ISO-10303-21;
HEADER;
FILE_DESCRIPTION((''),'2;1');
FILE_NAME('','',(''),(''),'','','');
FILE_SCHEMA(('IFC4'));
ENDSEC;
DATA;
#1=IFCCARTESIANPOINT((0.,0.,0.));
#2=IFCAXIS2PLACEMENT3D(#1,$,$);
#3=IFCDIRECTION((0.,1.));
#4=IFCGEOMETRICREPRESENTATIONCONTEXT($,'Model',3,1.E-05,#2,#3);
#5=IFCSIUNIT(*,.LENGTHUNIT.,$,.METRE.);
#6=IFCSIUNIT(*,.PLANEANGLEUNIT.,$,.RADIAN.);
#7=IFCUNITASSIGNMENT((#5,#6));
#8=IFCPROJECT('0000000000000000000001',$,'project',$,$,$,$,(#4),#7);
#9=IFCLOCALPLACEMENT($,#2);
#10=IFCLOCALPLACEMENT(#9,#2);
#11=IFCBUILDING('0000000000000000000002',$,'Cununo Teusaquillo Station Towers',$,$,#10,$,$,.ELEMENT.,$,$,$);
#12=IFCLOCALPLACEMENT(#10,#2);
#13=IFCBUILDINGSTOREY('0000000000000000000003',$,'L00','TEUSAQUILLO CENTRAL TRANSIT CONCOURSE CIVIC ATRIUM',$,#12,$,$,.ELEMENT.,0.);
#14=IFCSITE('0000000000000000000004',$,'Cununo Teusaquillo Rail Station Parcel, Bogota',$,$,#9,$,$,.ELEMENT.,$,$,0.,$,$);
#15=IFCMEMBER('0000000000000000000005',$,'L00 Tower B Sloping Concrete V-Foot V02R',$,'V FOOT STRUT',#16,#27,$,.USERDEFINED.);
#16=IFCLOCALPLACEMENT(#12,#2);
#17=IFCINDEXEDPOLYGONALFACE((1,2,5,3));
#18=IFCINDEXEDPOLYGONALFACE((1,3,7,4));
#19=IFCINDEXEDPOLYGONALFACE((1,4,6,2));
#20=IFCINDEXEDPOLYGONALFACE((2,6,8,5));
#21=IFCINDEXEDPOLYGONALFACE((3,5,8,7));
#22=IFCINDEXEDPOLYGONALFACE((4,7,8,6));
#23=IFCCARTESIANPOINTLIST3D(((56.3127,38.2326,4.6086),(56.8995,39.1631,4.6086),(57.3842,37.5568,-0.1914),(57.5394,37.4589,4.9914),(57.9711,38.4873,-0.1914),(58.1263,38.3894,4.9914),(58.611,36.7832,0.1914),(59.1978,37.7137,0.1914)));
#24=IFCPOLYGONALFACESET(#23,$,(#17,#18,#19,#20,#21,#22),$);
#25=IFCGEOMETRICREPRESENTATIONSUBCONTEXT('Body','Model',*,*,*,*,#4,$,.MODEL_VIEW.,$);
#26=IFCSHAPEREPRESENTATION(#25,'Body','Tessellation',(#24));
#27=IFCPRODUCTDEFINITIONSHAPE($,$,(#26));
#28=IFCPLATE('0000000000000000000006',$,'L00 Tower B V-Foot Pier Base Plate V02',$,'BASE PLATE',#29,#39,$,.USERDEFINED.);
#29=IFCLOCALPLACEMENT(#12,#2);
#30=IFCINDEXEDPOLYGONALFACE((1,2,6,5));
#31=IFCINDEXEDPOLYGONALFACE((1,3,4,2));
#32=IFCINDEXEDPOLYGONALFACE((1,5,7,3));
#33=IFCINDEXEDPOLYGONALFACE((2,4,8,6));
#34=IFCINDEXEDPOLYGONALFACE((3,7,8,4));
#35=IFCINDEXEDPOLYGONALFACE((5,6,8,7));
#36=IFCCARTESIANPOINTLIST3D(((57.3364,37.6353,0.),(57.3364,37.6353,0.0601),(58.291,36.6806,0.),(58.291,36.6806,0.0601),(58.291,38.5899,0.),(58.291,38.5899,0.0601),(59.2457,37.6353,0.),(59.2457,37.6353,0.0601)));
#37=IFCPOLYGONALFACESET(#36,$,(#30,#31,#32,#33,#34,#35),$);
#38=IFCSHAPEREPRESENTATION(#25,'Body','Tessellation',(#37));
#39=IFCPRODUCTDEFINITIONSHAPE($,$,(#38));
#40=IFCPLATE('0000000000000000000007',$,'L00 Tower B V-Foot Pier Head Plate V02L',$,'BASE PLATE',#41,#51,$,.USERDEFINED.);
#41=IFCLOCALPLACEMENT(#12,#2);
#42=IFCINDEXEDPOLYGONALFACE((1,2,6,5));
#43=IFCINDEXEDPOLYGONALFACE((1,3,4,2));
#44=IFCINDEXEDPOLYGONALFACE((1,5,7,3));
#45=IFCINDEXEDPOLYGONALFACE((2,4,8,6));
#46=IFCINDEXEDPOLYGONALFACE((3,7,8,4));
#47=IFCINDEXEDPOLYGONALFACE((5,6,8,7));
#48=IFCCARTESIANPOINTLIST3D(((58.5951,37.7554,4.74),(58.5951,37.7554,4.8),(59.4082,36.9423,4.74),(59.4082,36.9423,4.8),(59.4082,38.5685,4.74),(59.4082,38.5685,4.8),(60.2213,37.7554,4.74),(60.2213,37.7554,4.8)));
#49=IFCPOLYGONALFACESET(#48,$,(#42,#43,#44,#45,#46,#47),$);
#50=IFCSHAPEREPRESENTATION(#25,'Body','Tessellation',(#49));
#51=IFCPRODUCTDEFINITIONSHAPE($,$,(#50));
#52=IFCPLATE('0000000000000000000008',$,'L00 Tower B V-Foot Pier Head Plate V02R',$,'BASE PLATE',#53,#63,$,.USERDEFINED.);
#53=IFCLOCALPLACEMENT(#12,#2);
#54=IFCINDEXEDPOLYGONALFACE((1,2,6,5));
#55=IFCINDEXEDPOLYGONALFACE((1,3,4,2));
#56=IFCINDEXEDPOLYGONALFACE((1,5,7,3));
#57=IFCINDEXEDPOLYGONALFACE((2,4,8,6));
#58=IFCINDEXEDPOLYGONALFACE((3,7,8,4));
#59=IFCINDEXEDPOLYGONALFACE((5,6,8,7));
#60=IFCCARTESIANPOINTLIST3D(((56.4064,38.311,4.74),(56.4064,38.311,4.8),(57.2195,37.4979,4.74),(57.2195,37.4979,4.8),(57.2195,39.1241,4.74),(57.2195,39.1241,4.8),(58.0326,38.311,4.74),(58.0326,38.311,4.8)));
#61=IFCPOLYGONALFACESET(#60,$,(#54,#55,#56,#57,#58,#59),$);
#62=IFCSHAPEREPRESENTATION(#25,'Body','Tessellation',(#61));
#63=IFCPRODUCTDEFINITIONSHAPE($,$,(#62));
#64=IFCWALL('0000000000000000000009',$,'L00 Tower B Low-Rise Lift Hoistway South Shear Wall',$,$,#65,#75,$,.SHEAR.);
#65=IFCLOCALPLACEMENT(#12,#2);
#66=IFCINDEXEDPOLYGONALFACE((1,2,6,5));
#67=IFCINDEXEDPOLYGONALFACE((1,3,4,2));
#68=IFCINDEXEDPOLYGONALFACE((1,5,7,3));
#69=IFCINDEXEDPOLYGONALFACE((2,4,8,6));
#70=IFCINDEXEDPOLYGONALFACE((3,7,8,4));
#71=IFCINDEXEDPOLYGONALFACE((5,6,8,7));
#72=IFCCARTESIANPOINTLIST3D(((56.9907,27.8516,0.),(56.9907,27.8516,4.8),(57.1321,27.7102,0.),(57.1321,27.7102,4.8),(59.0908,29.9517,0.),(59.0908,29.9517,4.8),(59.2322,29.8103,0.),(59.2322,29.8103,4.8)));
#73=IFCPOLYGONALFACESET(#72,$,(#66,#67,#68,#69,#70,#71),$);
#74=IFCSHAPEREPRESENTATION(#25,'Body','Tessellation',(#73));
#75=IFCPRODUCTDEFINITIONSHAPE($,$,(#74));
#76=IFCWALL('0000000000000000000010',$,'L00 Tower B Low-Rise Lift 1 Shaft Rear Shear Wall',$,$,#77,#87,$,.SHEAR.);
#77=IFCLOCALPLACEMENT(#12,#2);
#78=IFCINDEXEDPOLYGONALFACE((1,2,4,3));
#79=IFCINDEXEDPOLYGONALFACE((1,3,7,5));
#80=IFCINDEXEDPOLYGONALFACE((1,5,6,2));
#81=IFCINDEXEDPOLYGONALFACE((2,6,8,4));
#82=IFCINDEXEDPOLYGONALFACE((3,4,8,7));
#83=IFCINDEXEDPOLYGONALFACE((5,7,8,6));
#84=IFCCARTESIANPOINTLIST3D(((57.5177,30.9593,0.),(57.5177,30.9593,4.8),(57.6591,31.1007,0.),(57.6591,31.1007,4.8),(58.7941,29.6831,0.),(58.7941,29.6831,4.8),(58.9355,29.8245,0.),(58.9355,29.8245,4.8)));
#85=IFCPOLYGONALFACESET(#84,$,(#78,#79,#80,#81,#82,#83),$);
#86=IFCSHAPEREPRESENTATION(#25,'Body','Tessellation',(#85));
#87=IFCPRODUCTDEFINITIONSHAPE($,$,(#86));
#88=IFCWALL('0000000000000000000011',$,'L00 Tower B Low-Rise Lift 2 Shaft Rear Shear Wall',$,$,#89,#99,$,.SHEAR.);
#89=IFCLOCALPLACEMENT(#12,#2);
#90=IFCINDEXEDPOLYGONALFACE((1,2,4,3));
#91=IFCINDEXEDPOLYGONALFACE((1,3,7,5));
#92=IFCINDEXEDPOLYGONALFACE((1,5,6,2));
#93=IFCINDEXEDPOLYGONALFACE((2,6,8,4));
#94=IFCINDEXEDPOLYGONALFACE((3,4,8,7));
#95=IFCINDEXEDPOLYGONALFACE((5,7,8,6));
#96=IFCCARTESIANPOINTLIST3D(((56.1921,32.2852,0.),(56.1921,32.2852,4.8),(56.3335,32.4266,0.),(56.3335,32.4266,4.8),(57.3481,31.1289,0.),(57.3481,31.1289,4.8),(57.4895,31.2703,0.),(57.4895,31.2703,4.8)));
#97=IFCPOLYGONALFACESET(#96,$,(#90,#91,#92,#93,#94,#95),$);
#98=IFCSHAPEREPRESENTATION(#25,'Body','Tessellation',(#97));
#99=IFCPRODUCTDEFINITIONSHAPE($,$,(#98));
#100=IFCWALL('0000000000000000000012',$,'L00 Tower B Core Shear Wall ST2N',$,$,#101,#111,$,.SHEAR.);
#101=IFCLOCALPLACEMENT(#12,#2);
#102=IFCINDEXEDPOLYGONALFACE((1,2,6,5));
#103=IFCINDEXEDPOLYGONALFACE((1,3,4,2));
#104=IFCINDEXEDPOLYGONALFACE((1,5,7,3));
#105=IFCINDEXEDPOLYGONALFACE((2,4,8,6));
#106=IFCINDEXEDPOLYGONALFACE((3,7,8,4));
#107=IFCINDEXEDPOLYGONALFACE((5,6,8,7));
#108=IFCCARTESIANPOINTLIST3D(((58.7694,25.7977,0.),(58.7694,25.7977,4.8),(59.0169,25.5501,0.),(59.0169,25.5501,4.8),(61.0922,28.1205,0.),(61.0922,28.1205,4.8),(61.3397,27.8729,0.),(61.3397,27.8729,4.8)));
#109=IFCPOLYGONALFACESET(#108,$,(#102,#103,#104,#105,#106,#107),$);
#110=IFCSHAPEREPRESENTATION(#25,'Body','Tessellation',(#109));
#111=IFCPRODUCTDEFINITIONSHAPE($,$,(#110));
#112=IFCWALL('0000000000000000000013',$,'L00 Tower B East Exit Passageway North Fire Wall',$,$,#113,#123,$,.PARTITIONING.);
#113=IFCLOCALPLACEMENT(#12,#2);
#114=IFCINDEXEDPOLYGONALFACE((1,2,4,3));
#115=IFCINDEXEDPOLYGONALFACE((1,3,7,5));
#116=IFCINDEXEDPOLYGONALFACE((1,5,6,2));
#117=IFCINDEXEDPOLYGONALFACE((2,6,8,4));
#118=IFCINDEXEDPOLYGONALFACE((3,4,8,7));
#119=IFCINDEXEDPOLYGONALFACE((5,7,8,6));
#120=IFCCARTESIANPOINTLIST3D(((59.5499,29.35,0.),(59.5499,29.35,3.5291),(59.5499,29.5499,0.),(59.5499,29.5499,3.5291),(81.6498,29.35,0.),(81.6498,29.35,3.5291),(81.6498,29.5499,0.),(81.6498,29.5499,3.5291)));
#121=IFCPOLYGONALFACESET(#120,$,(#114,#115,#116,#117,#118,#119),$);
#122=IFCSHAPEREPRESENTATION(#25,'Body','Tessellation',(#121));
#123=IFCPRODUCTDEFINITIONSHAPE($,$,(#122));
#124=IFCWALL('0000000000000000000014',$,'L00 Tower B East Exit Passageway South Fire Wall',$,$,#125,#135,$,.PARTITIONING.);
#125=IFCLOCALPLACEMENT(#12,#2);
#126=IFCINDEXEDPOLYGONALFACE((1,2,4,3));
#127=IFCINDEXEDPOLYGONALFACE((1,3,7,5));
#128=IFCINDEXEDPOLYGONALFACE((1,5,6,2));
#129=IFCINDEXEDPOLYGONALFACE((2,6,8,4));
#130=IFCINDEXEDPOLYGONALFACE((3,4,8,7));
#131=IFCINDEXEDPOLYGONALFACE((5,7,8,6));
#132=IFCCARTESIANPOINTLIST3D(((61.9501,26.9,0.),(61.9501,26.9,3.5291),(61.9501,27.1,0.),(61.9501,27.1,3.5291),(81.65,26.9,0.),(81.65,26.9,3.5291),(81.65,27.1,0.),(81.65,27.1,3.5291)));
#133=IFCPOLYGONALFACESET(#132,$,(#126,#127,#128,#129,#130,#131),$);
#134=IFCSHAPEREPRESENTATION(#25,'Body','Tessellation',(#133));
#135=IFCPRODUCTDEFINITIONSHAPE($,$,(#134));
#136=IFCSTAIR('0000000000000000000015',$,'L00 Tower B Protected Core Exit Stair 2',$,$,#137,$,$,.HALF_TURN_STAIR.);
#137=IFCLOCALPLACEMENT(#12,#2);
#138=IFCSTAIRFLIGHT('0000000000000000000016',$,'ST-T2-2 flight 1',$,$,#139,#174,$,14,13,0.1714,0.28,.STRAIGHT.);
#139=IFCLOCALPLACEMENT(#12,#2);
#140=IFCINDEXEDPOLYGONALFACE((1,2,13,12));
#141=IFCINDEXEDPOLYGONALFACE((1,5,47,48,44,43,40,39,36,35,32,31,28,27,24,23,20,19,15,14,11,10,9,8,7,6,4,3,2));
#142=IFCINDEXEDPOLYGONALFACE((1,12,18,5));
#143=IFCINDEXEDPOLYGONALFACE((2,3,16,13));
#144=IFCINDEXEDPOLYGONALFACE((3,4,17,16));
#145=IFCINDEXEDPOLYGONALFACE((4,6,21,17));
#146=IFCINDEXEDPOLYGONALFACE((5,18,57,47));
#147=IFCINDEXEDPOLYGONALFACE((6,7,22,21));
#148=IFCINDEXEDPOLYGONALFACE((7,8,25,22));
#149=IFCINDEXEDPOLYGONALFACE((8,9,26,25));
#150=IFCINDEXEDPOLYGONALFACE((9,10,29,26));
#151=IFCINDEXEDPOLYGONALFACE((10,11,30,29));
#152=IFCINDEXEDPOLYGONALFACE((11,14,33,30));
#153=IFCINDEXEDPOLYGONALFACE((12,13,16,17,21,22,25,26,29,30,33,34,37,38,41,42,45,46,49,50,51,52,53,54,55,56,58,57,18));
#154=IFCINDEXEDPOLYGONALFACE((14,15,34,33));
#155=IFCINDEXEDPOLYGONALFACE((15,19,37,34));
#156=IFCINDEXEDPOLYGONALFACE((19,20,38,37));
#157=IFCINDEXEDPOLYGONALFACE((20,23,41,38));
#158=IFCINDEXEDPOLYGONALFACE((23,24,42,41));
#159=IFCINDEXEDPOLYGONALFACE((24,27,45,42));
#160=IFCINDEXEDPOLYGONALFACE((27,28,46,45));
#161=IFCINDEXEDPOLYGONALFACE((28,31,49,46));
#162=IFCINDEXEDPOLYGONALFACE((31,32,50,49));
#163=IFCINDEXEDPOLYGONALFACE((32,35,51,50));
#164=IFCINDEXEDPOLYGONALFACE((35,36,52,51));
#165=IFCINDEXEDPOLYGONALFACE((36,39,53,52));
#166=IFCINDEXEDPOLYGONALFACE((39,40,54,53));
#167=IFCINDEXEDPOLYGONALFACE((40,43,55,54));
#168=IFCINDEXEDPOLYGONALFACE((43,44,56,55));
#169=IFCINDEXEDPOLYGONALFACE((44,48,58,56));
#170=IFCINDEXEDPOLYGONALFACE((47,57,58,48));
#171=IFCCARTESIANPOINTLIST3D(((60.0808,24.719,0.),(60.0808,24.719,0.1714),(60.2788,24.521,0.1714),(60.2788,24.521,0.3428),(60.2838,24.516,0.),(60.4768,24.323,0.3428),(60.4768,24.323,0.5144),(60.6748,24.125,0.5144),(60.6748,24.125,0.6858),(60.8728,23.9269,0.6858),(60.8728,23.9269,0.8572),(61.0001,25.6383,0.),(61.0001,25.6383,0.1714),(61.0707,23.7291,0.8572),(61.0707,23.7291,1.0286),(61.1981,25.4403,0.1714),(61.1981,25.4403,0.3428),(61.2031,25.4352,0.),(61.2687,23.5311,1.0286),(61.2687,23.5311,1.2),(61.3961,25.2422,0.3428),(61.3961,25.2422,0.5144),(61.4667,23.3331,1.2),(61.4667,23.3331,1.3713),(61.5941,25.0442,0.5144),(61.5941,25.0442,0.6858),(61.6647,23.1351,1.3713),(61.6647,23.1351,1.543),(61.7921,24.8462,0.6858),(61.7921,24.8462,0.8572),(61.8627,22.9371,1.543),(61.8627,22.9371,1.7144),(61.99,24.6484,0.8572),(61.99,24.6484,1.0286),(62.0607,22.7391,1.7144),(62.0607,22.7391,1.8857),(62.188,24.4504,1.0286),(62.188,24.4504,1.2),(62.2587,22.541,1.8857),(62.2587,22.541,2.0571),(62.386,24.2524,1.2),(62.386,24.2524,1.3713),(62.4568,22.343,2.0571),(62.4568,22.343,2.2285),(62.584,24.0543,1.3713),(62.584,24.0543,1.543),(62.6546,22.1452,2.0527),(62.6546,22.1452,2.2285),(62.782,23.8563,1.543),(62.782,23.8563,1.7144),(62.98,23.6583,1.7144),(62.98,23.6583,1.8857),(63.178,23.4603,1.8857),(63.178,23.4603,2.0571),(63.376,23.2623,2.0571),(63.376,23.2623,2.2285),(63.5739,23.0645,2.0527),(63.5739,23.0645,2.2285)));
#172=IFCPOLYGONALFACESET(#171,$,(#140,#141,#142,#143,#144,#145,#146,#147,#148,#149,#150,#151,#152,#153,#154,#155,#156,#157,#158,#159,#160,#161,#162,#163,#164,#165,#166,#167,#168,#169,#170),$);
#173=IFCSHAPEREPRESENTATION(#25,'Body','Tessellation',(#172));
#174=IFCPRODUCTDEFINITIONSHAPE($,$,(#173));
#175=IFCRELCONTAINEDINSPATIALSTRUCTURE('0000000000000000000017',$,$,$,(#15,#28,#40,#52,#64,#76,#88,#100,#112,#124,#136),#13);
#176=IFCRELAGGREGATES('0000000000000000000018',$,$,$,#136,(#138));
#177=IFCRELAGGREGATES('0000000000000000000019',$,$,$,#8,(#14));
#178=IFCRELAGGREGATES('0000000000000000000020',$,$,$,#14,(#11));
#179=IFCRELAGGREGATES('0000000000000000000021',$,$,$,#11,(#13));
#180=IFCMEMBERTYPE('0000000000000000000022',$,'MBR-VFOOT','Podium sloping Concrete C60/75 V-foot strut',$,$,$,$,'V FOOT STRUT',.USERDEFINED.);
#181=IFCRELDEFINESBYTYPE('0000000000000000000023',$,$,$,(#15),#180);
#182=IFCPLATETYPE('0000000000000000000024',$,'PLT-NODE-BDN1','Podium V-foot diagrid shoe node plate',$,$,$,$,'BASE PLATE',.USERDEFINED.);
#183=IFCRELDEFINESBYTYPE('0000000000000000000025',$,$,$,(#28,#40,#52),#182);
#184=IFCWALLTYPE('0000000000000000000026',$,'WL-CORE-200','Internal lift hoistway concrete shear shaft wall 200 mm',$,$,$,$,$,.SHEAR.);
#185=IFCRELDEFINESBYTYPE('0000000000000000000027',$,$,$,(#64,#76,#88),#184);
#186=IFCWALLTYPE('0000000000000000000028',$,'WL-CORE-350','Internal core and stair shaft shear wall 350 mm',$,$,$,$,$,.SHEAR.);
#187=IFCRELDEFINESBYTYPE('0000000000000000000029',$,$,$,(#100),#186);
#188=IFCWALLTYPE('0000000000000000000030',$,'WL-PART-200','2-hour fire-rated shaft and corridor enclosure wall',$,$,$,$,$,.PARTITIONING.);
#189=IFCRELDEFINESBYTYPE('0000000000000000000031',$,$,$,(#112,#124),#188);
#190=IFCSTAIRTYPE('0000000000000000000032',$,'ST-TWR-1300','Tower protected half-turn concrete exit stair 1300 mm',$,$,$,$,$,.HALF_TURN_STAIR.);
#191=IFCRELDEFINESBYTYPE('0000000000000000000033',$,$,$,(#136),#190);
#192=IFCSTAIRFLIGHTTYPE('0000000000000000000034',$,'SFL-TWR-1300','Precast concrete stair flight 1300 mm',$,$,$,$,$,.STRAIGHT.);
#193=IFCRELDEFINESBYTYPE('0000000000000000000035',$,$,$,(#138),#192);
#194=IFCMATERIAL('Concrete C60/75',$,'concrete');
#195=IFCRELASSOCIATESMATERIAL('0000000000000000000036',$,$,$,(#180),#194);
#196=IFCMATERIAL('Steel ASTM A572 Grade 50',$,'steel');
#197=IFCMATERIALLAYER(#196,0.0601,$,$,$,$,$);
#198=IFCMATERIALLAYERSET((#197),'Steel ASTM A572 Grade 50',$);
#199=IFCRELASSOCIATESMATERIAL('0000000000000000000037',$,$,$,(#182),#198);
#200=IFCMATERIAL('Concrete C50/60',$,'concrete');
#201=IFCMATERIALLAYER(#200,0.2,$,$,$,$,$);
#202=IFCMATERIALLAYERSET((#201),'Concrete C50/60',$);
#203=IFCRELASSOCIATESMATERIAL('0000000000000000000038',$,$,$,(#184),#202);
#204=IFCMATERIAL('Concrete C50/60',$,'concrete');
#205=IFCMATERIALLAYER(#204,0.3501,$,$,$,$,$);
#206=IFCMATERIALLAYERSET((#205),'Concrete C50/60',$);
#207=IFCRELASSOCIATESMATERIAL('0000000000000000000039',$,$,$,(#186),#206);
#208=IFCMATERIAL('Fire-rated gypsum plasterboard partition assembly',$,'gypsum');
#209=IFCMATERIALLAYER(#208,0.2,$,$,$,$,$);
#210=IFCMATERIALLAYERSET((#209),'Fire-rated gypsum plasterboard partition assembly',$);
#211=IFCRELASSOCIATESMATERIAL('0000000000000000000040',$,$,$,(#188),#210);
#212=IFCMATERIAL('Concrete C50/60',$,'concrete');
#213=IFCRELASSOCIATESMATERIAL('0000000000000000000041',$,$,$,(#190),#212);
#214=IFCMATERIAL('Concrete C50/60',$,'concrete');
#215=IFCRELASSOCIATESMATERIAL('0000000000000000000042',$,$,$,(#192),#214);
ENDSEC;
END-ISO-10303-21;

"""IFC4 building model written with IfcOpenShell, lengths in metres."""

from ifc_helpers import new_model, si_unit, direction, frame, frame_2d, origin, origin_2d, place, context, subcontext, project, spatial, polyline, rectangle, outline, extrude, source, transform, mapped, material, layer, layer_set, material_profile, profile_set, type_object, element, aggregate, save


model = new_model("IFC4")

# Units and contexts
model_context = context("Model", 3, precision=1e-05, world=origin(), true_north=direction((0.0, 1.0)))
body_context = subcontext(model_context, "Body", "Model", "MODEL_VIEW")
ifc_project = project(units=[si_unit("LENGTHUNIT", "METRE"), si_unit("PLANEANGLEUNIT", "RADIAN")], contexts=[model_context])

# Site, building, storey
site_placement = place(None, origin())
site = spatial("IfcSite", under=ifc_project, at=site_placement, Name="Cununo Teusaquillo Rail Station Parcel, Bogota", CompositionType="ELEMENT", RefElevation=0.0)
building_placement = place(site_placement, origin())
building = spatial("IfcBuilding", under=site, at=building_placement, Name="Cununo Teusaquillo Station Towers", CompositionType="ELEMENT")
storey_placement = place(building_placement, origin())
storey = spatial("IfcBuildingStorey", under=building, at=storey_placement, Name="L00", Description="TEUSAQUILLO CENTRAL TRANSIT CONCOURSE CIVIC ATRIUM", CompositionType="ELEMENT", Elevation=0.0)

# Member
ifc_material_1 = material(Name="Concrete C60/75", Category="concrete")
ifc_material_profile_1 = material_profile(ifc_material_1, rectangle(XDim=1.1001, YDim=1.5, at=origin_2d()), Name="RC-RECT-1500x1100")
ifc_profile_set_1 = profile_set([ifc_material_profile_1], Name="Concrete C60/75")
member_type = type_object("IfcMemberType", Name="MBR-VFOOT", Description="Podium sloping Concrete C60/75 V-foot strut", ElementType="V FOOT STRUT", PredefinedType="USERDEFINED", material=ifc_profile_set_1)
member_1_placement = place(storey_placement, frame((58.291, 37.6353, 0.0), z_axis=(-0.215843, 0.136125, 0.966893), x_axis=(-0.533442, -0.845837, 0.0)))
element("IfcMember", 1, at=member_1_placement, inside=storey, type_object=member_type, Name="L00 Tower B Sloping Concrete V-Foot V02R", ObjectType="V FOOT STRUT", PredefinedType="USERDEFINED", context=body_context, shape_type="SweptSolid", body=[
    extrude(rectangle(XDim=1.1001, YDim=1.5, at=origin_2d()), origin(), (0.0, 0.0, 1.0), 4.9644),
])

# Plates
ifc_material_2 = material(Name="Steel ASTM A572 Grade 50", Category="steel")
ifc_layer_1 = layer(ifc_material_2, 0.0601)
ifc_layer_set_1 = layer_set([ifc_layer_1], Name="Steel ASTM A572 Grade 50")
plate_type = type_object("IfcPlateType", Name="PLT-NODE-BDN1", Description="Podium V-foot diagrid shoe node plate", ElementType="BASE PLATE", PredefinedType="USERDEFINED", material=ifc_layer_set_1)
shared_shape_1 = source(origin(), body_context, "Body", "SweptSolid", [
    extrude(rectangle(XDim=1.3501, YDim=1.3501, at=origin_2d()), origin(), (0.0, 0.0, 1.0), 0.0601),
])
plate_placement = place(storey_placement, frame((58.291, 37.6353, 0.0), z_axis=(0.0, 0.0, 1.0), x_axis=(0.707107, 0.707107, 0.0)))
element("IfcPlate", 2, at=plate_placement, inside=storey, type_object=plate_type, Name="L00 Tower B V-Foot Pier Base Plate V02", ObjectType="BASE PLATE", PredefinedType="USERDEFINED", context=body_context, shape_type="MappedRepresentation", body=[
    mapped(shared_shape_1, transform((0.0, 0.0, 0.0), x_axis=(1.0, 0.0, 0.0), y_axis=(0.0, 1.0, 0.0), z_axis=(0.0, 0.0, 1.0), scale=1.0)),
])
shared_shape_2 = source(origin(), body_context, "Body", "SweptSolid", [
    extrude(rectangle(XDim=1.1499, YDim=1.1499, at=origin_2d()), origin(), (0.0, 0.0, 1.0), 0.0601),
])
for number, where, z_axis, x_axis, name in (
    (3, (59.4082, 37.7554, 4.74), (0.0, 0.0, 1.0), (0.707107, 0.707107, 0.0), "L00 Tower B V-Foot Pier Head Plate V02L"),
    (4, (57.2195, 38.311, 4.74), (0.0, 0.0, 1.0), (0.707107, 0.707107, 0.0), "L00 Tower B V-Foot Pier Head Plate V02R"),
):
    element("IfcPlate", number, at=place(storey_placement, frame(where, z_axis=z_axis, x_axis=x_axis)), inside=storey, type_object=plate_type, Name=name, ObjectType="BASE PLATE", PredefinedType="USERDEFINED", context=body_context, shape_type="MappedRepresentation", body=[
        mapped(shared_shape_2, transform((0.0, 0.0, 0.0), x_axis=(1.0, 0.0, 0.0), y_axis=(0.0, 1.0, 0.0), z_axis=(0.0, 0.0, 1.0), scale=1.0)),
    ])

# Walls
ifc_material_3 = material(Name="Concrete C50/60", Category="concrete")
ifc_layer_2 = layer(ifc_material_3, 0.2)
ifc_layer_set_2 = layer_set([ifc_layer_2], Name="Concrete C50/60")
wall_type_1 = type_object("IfcWallType", Name="WL-CORE-200", Description="Internal lift hoistway concrete shear shaft wall 200 mm", PredefinedType="SHEAR", material=ifc_layer_set_2)
wall_1_placement = place(storey_placement, frame((57.0615, 27.781, 0.0), z_axis=(0.0, 0.0, 1.0), x_axis=(0.707107, 0.707107, 0.0)))
element("IfcWall", 5, at=wall_1_placement, inside=storey, type_object=wall_type_1, Name="L00 Tower B Low-Rise Lift Hoistway South Shear Wall", PredefinedType="SHEAR", context=body_context, shape_type="SweptSolid", body=[
    extrude(rectangle(XDim=2.97, YDim=0.2, at=frame_2d((1.4849, 0.0))), origin(), (0.0, 0.0, 1.0), 4.8),
])
wall_2_placement = place(storey_placement, frame((58.8647, 29.7539, 0.0), z_axis=(0.0, 0.0, 1.0), x_axis=(-0.707174, 0.707039, 0.0)))
element("IfcWall", 6, at=wall_2_placement, inside=storey, type_object=wall_type_1, Name="L00 Tower B Low-Rise Lift 1 Shaft Rear Shear Wall", PredefinedType="SHEAR", context=body_context, shape_type="SweptSolid", body=[
    extrude(rectangle(XDim=1.8049, YDim=0.2, at=frame_2d((0.9023, 0.0))), origin(), (0.0, 0.0, 1.0), 4.8),
])
wall_3_placement = place(storey_placement, frame((57.4187, 31.1997, 0.0), z_axis=(0.0, 0.0, 1.0), x_axis=(-0.707032, 0.707181, 0.0)))
element("IfcWall", 7, at=wall_3_placement, inside=storey, type_object=wall_type_1, Name="L00 Tower B Low-Rise Lift 2 Shaft Rear Shear Wall", PredefinedType="SHEAR", context=body_context, shape_type="SweptSolid", body=[
    extrude(rectangle(XDim=1.635, YDim=0.2, at=frame_2d((0.8174, 0.0))), origin(), (0.0, 0.0, 1.0), 4.8),
])
ifc_material_4 = material(Name="Concrete C50/60", Category="concrete")
ifc_layer_3 = layer(ifc_material_4, 0.3501)
ifc_layer_set_3 = layer_set([ifc_layer_3], Name="Concrete C50/60")
wall_type_2 = type_object("IfcWallType", Name="WL-CORE-350", Description="Internal core and stair shaft shear wall 350 mm", PredefinedType="SHEAR", material=ifc_layer_set_3)
wall_4_placement = place(storey_placement, frame((58.8931, 25.6738, 0.0), z_axis=(0.0, 0.0, 1.0), x_axis=(0.707107, 0.707107, 0.0)))
element("IfcWall", 8, at=wall_4_placement, inside=storey, type_object=wall_type_2, Name="L00 Tower B Core Shear Wall ST2N", PredefinedType="SHEAR", context=body_context, shape_type="SweptSolid", body=[
    extrude(rectangle(XDim=3.2849, YDim=0.3501, at=frame_2d((1.6426, 0.0))), origin(), (0.0, 0.0, 1.0), 4.8),
])
ifc_material_5 = material(Name="Fire-rated gypsum plasterboard partition assembly", Category="gypsum")
ifc_layer_4 = layer(ifc_material_5, 0.2)
ifc_layer_set_4 = layer_set([ifc_layer_4], Name="Fire-rated gypsum plasterboard partition assembly")
wall_type_3 = type_object("IfcWallType", Name="WL-PART-200", Description="2-hour fire-rated shaft and corridor enclosure wall", PredefinedType="PARTITIONING", material=ifc_layer_set_4)
wall_5_placement = place(storey_placement, frame((59.55, 29.45, 0.0), z_axis=(0.0, 0.0, 1.0), x_axis=(1.0, 0.0, 0.0)))
element("IfcWall", 9, at=wall_5_placement, inside=storey, type_object=wall_type_3, Name="L00 Tower B East Exit Passageway North Fire Wall", PredefinedType="PARTITIONING", context=body_context, shape_type="SweptSolid", body=[
    extrude(rectangle(XDim=22.0999, YDim=0.2, at=frame_2d((11.0498, 0.0))), origin(), (0.0, 0.0, 1.0), 3.5291),
])
wall_6_placement = place(storey_placement, frame((61.95, 27.0, 0.0), z_axis=(0.0, 0.0, 1.0), x_axis=(1.0, 0.0, 0.0)))
element("IfcWall", 10, at=wall_6_placement, inside=storey, type_object=wall_type_3, Name="L00 Tower B East Exit Passageway South Fire Wall", PredefinedType="PARTITIONING", context=body_context, shape_type="SweptSolid", body=[
    extrude(rectangle(XDim=19.7, YDim=0.2, at=frame_2d((9.8501, 0.0))), origin(), (0.0, 0.0, 1.0), 3.5291),
])

# Stair, stair flight
ifc_material_6 = material(Name="Concrete C50/60", Category="concrete")
stair_type = type_object("IfcStairType", Name="ST-TWR-1300", Description="Tower protected half-turn concrete exit stair 1300 mm", PredefinedType="HALF_TURN_STAIR", material=ifc_material_6)
stair_placement = place(storey_placement, origin())
stair = element("IfcStair", 11, at=stair_placement, inside=storey, type_object=stair_type, Name="L00 Tower B Protected Core Exit Stair 2", PredefinedType="HALF_TURN_STAIR")
ifc_material_7 = material(Name="Concrete C50/60", Category="concrete")
stair_flight_type = type_object("IfcStairFlightType", Name="SFL-TWR-1300", Description="Precast concrete stair flight 1300 mm", PredefinedType="STRAIGHT", material=ifc_material_7)
stair_flight_placement = place(storey_placement, frame((60.5405, 25.1787, 0.0), z_axis=(0.0, 0.0, 1.0), x_axis=(0.707107, -0.707107, 0.0)))
stair_flight = element("IfcStairFlight", 12, at=stair_flight_placement, type_object=stair_flight_type, Name="ST-T2-2 flight 1", NumberOfRisers=14, NumberOfTreads=13, PredefinedType="STRAIGHT", RiserHeight=0.1714, TreadLength=0.28, context=body_context, shape_type="SweptSolid", body=[
    extrude(outline(polyline([(0.0, 0.0), (0.0, 0.1714), (0.28, 0.1714), (0.28, 0.3428), (0.5601, 0.3428), (0.5601, 0.5144), (0.8401, 0.5144), (0.8401, 0.6858), (1.1201, 0.6858), (1.1201, 0.8572), (1.3999, 0.8572), (1.3999, 1.0286), (1.6799, 1.0286), (1.6799, 1.2), (1.96, 1.2), (1.96, 1.3713), (2.24, 1.3713), (2.24, 1.543), (2.52, 1.543), (2.52, 1.7144), (2.8, 1.7144), (2.8, 1.8857), (3.0801, 1.8857), (3.0801, 2.0571), (3.3601, 2.0571), (3.3601, 2.2285), (3.6399, 2.2285), (3.6399, 2.3999), (3.6399, 2.0527), (0.2871, 0.0), (0.0, 0.0)])), frame((0.0, 0.6499, 0.0), z_axis=(0.0, -1.0, 0.0), x_axis=(1.0, 0.0, 0.0)), (0.0, 0.0, 1.0), 1.3),
])
aggregate(stair, [stair_flight])

save(model, "model.ifc")
